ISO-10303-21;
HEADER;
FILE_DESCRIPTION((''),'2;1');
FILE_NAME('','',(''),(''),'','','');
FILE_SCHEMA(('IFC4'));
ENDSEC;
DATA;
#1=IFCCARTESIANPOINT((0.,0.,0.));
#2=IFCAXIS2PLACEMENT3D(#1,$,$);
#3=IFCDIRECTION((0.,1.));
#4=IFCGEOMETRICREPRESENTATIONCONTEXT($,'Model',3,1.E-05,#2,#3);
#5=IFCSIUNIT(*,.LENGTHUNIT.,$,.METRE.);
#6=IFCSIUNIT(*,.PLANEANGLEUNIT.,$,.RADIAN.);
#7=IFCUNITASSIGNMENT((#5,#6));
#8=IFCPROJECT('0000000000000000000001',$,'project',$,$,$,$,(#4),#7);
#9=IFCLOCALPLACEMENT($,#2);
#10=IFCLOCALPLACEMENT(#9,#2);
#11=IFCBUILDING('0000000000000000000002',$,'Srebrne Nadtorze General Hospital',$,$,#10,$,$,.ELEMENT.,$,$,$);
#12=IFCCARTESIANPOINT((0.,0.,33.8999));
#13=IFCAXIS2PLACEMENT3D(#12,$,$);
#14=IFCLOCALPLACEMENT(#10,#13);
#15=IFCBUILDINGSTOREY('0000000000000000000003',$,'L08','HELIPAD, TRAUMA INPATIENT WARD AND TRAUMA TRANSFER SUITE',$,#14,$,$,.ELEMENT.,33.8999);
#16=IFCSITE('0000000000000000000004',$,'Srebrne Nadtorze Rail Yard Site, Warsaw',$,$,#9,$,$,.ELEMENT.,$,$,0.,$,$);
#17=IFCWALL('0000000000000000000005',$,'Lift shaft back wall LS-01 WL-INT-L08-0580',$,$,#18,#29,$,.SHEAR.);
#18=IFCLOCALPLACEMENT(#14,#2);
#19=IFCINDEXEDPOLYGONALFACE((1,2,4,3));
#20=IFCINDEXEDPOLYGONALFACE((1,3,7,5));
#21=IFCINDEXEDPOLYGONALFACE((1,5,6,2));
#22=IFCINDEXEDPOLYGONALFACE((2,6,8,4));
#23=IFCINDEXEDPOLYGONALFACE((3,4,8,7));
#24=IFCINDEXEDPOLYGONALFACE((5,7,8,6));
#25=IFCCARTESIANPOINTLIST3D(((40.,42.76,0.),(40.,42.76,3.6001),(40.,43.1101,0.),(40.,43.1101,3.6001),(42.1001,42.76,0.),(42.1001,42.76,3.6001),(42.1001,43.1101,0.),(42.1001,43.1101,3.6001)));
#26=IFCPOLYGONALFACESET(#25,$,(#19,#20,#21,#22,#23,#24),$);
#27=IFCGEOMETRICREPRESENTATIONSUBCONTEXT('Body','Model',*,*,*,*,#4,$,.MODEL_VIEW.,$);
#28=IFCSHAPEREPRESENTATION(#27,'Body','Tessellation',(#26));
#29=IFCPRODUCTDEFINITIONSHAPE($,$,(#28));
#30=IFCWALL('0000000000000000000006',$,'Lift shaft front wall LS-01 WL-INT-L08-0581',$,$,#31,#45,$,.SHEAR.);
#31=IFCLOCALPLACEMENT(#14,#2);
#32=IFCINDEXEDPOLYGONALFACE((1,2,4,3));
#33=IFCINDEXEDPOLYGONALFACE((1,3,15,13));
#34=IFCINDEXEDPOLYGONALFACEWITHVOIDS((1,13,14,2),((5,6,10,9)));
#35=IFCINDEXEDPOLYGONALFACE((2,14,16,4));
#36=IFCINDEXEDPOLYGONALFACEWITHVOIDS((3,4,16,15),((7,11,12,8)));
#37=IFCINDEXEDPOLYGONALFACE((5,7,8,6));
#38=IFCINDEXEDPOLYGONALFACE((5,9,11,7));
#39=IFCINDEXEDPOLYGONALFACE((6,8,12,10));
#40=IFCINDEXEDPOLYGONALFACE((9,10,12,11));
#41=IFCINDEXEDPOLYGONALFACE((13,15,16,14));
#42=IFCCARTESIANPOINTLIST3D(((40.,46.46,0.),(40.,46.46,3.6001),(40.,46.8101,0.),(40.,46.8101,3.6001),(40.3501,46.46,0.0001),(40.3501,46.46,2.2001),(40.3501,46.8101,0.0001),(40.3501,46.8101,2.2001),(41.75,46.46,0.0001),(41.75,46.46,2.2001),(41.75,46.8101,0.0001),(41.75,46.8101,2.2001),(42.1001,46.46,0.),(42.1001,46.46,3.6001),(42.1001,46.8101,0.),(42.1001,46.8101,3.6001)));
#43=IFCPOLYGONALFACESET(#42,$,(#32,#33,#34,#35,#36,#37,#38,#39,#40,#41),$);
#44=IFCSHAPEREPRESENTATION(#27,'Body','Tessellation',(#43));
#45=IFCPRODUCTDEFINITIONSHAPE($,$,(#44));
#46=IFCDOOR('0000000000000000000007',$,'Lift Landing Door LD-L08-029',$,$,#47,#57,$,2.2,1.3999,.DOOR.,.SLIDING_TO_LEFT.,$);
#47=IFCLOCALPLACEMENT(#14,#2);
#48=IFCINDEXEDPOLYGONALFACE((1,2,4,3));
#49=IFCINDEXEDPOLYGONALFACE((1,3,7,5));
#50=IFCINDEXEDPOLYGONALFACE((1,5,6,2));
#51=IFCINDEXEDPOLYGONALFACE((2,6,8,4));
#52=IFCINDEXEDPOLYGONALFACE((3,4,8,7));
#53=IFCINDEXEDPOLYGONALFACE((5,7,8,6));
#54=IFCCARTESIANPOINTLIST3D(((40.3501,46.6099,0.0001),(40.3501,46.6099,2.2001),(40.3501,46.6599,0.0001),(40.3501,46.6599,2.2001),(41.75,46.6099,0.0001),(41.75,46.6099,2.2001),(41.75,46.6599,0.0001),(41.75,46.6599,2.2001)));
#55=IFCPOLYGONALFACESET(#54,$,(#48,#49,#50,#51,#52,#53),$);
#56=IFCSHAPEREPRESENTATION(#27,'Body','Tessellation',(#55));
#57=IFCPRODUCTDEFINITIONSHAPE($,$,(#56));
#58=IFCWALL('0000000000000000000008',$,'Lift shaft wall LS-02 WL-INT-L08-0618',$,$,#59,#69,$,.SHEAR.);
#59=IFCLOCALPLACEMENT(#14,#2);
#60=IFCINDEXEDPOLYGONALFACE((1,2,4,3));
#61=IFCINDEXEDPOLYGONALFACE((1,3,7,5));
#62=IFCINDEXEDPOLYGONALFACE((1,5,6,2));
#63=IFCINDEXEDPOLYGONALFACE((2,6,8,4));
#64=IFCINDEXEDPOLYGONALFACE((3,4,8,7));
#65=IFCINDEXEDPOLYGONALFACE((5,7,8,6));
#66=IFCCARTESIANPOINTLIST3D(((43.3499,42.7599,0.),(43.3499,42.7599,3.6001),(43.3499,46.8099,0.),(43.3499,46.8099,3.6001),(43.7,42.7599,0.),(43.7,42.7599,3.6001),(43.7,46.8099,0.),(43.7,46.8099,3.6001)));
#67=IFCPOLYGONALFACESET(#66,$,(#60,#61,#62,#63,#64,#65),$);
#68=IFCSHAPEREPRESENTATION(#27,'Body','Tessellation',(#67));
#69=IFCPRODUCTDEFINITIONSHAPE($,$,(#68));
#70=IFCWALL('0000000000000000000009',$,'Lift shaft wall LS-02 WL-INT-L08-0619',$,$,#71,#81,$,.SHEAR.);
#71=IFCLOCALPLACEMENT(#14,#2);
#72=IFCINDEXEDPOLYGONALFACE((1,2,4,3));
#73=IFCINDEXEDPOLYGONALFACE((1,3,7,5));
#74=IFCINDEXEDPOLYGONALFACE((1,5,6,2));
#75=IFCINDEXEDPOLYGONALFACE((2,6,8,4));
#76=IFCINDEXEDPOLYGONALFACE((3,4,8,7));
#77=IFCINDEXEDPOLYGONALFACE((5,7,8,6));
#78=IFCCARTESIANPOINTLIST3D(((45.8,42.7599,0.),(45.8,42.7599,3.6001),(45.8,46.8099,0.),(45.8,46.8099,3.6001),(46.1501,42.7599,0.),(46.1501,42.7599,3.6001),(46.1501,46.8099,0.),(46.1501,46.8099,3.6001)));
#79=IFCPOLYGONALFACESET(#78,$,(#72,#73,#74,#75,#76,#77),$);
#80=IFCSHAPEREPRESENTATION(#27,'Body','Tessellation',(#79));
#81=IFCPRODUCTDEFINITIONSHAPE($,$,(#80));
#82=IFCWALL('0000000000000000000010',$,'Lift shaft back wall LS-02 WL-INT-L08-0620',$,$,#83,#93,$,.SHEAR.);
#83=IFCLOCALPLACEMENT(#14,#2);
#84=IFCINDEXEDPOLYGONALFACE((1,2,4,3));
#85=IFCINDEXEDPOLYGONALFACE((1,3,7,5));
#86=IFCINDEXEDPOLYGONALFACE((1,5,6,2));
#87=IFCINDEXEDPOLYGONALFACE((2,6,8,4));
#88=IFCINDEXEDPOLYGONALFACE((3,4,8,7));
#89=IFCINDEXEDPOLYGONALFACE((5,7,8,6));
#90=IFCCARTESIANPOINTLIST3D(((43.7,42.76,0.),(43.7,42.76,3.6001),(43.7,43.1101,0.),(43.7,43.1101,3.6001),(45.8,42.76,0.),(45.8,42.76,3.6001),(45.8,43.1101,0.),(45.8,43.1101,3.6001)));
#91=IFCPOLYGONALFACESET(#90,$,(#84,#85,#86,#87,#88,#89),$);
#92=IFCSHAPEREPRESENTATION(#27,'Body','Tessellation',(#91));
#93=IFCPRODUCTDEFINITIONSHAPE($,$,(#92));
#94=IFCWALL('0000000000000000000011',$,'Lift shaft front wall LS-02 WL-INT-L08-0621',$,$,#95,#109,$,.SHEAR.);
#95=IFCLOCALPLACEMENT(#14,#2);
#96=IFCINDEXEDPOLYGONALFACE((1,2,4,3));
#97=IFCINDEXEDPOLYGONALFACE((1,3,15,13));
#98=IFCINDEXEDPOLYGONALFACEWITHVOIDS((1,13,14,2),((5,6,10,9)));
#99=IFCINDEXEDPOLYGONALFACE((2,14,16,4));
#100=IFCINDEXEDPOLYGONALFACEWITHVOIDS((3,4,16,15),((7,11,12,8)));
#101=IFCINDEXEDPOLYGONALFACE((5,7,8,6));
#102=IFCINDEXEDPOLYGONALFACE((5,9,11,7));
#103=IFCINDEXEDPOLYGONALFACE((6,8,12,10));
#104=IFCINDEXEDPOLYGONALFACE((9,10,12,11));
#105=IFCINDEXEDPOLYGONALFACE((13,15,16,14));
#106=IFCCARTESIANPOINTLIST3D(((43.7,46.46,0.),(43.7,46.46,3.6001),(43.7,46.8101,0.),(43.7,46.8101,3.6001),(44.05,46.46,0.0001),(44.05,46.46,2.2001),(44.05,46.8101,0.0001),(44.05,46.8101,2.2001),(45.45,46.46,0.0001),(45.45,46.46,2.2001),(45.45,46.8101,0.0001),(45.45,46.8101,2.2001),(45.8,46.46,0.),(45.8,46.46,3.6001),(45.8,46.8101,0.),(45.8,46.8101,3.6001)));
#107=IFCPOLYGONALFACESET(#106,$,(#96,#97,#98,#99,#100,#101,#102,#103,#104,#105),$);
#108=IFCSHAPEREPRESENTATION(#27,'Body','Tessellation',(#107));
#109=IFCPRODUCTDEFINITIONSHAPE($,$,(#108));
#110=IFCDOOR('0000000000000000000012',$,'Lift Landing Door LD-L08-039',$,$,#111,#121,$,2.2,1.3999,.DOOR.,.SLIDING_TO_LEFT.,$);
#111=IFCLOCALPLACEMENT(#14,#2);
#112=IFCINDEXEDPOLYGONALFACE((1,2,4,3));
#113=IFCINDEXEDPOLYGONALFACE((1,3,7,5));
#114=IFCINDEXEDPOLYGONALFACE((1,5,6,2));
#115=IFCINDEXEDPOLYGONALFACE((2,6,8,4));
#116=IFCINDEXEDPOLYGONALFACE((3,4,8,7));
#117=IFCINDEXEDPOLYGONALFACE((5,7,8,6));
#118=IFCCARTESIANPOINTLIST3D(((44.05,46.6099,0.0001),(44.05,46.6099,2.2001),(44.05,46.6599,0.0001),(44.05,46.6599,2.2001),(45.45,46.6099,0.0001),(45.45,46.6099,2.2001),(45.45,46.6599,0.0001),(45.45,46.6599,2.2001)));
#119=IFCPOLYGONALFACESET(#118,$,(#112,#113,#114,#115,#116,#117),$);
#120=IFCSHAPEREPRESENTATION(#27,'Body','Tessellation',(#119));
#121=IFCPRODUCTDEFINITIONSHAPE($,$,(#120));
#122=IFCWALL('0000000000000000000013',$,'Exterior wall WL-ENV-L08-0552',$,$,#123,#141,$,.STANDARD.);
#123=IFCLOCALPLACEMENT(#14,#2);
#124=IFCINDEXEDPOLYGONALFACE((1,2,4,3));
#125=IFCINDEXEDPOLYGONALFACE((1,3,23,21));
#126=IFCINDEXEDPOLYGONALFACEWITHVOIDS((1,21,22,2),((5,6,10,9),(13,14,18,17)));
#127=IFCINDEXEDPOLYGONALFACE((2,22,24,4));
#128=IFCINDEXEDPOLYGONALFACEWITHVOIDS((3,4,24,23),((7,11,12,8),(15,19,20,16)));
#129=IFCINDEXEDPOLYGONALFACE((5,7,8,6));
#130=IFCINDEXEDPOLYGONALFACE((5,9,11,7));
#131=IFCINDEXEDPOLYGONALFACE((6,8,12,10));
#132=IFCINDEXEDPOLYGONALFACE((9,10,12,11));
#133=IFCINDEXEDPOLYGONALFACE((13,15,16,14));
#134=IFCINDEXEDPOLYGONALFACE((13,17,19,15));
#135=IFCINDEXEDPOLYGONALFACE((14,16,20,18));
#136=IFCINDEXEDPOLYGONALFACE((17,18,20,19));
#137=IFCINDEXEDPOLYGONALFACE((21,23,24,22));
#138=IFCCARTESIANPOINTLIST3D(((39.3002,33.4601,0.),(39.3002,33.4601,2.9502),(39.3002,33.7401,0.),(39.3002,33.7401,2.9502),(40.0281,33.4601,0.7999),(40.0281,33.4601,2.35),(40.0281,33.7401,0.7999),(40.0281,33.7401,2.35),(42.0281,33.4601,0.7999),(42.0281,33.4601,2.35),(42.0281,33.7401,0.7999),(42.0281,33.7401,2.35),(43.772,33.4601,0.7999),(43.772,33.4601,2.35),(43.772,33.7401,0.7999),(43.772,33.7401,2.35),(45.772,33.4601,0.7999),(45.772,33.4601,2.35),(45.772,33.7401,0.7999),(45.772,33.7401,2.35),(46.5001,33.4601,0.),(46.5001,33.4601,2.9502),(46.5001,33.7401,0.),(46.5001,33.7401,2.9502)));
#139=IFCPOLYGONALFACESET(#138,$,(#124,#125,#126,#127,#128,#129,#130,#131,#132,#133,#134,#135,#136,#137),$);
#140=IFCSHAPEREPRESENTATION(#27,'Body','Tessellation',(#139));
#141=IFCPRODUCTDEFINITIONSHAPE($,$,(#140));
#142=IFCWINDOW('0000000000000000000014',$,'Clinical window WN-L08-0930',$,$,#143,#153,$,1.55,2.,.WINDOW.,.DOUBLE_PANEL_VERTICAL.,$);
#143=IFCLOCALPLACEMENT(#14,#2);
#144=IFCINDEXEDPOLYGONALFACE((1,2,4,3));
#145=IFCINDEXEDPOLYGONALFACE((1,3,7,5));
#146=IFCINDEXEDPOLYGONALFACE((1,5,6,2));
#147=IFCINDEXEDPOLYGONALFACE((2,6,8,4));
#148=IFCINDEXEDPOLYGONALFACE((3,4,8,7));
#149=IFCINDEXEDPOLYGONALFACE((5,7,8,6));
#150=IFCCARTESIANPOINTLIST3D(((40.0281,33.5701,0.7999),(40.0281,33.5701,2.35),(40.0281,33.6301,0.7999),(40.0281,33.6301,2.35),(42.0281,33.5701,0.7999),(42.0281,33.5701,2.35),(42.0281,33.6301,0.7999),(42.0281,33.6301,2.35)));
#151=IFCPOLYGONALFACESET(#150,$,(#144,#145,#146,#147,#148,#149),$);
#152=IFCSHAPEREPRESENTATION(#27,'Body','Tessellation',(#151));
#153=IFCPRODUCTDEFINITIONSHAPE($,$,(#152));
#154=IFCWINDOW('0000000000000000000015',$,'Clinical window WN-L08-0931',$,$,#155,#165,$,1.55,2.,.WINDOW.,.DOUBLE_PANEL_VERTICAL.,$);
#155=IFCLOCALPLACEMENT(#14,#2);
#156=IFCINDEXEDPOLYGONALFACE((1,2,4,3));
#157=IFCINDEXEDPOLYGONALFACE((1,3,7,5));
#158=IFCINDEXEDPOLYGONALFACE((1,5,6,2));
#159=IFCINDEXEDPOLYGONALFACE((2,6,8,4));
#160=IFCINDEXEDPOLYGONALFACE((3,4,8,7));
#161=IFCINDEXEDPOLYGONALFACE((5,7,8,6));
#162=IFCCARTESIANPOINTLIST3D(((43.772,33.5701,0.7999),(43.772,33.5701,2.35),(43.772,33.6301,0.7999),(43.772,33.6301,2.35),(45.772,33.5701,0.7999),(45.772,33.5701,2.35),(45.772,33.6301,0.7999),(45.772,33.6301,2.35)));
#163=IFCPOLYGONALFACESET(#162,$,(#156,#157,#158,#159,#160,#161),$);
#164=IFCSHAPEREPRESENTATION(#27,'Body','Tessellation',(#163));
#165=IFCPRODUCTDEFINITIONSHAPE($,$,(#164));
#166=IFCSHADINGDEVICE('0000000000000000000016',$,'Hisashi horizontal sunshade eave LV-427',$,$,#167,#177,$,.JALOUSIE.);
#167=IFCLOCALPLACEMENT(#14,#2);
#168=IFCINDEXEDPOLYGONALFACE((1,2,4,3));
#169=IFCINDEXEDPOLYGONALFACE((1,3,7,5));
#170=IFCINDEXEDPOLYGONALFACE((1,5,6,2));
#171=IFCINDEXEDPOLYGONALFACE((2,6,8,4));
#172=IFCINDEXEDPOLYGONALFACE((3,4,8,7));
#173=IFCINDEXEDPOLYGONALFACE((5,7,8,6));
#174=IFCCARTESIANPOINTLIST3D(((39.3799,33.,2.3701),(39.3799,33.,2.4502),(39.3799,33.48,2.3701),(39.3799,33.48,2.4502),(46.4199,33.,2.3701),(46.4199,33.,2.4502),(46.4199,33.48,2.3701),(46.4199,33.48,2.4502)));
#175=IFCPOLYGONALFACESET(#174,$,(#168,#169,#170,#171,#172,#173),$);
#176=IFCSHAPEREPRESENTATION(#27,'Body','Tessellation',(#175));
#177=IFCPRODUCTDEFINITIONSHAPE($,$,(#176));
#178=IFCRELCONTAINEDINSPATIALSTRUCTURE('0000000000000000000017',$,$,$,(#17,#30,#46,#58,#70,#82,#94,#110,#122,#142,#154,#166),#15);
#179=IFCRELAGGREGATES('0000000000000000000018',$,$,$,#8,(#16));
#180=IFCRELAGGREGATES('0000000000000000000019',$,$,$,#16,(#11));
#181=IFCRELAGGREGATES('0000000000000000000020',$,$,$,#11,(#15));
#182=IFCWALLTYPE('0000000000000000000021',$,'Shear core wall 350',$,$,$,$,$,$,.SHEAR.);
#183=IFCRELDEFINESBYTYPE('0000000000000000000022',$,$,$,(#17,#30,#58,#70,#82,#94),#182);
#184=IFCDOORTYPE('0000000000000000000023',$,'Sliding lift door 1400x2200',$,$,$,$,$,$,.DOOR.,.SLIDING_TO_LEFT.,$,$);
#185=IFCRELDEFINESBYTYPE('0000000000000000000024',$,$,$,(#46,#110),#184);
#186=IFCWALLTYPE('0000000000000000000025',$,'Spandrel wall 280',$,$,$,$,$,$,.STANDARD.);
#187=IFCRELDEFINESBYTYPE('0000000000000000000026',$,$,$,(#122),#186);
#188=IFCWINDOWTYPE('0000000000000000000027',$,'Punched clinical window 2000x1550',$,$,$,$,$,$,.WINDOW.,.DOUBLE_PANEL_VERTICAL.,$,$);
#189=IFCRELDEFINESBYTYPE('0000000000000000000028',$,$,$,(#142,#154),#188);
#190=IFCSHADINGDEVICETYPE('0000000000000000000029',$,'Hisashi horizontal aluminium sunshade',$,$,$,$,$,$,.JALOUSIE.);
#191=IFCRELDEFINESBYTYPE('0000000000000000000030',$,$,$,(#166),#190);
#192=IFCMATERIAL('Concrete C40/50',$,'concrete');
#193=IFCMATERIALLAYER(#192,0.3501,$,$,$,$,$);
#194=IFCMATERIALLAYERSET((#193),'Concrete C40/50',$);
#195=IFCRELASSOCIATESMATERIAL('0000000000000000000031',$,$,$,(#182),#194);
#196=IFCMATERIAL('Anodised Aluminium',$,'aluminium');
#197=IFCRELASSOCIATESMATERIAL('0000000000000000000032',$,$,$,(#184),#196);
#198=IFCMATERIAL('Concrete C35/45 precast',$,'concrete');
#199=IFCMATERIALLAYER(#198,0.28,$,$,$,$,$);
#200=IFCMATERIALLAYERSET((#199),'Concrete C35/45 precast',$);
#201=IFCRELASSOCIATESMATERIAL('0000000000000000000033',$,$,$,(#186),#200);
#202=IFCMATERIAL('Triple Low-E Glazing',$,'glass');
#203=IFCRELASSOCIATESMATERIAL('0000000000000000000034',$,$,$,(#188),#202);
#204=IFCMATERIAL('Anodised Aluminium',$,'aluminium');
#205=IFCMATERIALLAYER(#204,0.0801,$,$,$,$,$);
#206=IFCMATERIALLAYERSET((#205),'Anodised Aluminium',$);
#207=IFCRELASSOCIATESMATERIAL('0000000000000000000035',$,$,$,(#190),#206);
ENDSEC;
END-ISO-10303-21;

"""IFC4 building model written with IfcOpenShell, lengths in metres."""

from ifc_helpers import new_model, si_unit, direction, frame, frame_2d, origin, origin_2d, place, context, subcontext, project, spatial, rectangle, extrude, material, layer, layer_set, type_object, element, fill, save


model = new_model("IFC4")

# Units and contexts
model_context = context("Model", 3, precision=1e-05, world=origin(), true_north=direction((0.0, 1.0)))
body_context = subcontext(model_context, "Body", "Model", "MODEL_VIEW")
ifc_project = project(units=[si_unit("LENGTHUNIT", "METRE"), si_unit("PLANEANGLEUNIT", "RADIAN")], contexts=[model_context])

# Site, building, storey
site_placement = place(None, origin())
site = spatial("IfcSite", under=ifc_project, at=site_placement, Name="Srebrne Nadtorze Rail Yard Site, Warsaw", CompositionType="ELEMENT", RefElevation=0.0)
building_placement = place(site_placement, origin())
building = spatial("IfcBuilding", under=site, at=building_placement, Name="Srebrne Nadtorze General Hospital", CompositionType="ELEMENT")
storey_placement = place(building_placement, frame((0.0, 0.0, 33.8999)))
storey = spatial("IfcBuildingStorey", under=building, at=storey_placement, Name="L08", Description="HELIPAD, TRAUMA INPATIENT WARD AND TRAUMA TRANSFER SUITE", CompositionType="ELEMENT", Elevation=33.8999)

# Wall
ifc_material_1 = material(Name="Concrete C40/50", Category="concrete")
ifc_layer_1 = layer(ifc_material_1, 0.3501)
ifc_layer_set_1 = layer_set([ifc_layer_1], Name="Concrete C40/50")
wall_type_1 = type_object("IfcWallType", Name="Shear core wall 350", PredefinedType="SHEAR", material=ifc_layer_set_1)
wall_1_placement = place(storey_placement, frame((40.0, 42.9351, 0.0), z_axis=(0.0, 0.0, 1.0), x_axis=(1.0, 0.0, 0.0)))
element("IfcWall", 1, at=wall_1_placement, inside=storey, type_object=wall_type_1, Name="Lift shaft back wall LS-01 WL-INT-L08-0580", PredefinedType="SHEAR", context=body_context, shape_type="SweptSolid", body=[
    extrude(rectangle(XDim=2.1001, YDim=0.3501, at=frame_2d((1.05, 0.0))), origin(), (0.0, 0.0, 1.0), 3.6001),
])

# Wall, opening, door
wall_2_placement = place(storey_placement, frame((40.0, 46.635, 0.0), z_axis=(0.0, 0.0, 1.0), x_axis=(1.0, 0.0, 0.0)))
wall_2 = element("IfcWall", 2, at=wall_2_placement, inside=storey, type_object=wall_type_1, Name="Lift shaft front wall LS-01 WL-INT-L08-0581", PredefinedType="SHEAR", context=body_context, shape_type="SweptSolid", body=[
    extrude(rectangle(XDim=2.1001, YDim=0.3501, at=frame_2d((1.05, 0.0))), origin(), (0.0, 0.0, 1.0), 3.6001),
])
opening_1_placement = place(wall_2_placement, frame((0.3501, 0.0, 0.0)))
opening_1 = element("IfcOpeningElement", 3, at=opening_1_placement, cuts=wall_2, PredefinedType="OPENING", context=body_context, shape_type="SweptSolid", body=[
    extrude(rectangle(XDim=1.3999, YDim=2.2, at=frame_2d((0.7, 1.1001))), frame((0.0, 0.187, 0.0), z_axis=(0.0, -1.0, 0.0), x_axis=(1.0, 0.0, 0.0)), (0.0, 0.0, 1.0), 0.374),
])
ifc_material_2 = material(Name="Anodised Aluminium", Category="aluminium")
door_type_1 = type_object("IfcDoorType", Name="Sliding lift door 1400x2200", OperationType="SLIDING_TO_LEFT", PredefinedType="DOOR", material=ifc_material_2)
door_1_placement = place(opening_1_placement, origin())
door_1 = element("IfcDoor", 4, at=door_1_placement, inside=storey, type_object=door_type_1, Name="Lift Landing Door LD-L08-029", OperationType="SLIDING_TO_LEFT", OverallHeight=2.2, OverallWidth=1.3999, PredefinedType="DOOR", context=body_context, shape_type="SweptSolid", body=[
    extrude(rectangle(XDim=1.3999, YDim=2.2, at=frame_2d((0.7, 1.1001))), frame((0.0, 0.0249, 0.0), z_axis=(0.0, -1.0, 0.0), x_axis=(1.0, 0.0, 0.0)), (0.0, 0.0, 1.0), 0.05),
])
fill(opening_1, door_1)

# Walls
for number, where, z_axis, x_axis, name in (
    (5, (43.5249, 42.76, 0.0), (0.0, 0.0, 1.0), (0.0, 1.0, 0.0), "Lift shaft wall LS-02 WL-INT-L08-0618"),
    (6, (45.9751, 42.76, 0.0), (0.0, 0.0, 1.0), (0.0, 1.0, 0.0), "Lift shaft wall LS-02 WL-INT-L08-0619"),
):
    element("IfcWall", number, at=place(storey_placement, frame(where, z_axis=z_axis, x_axis=x_axis)), inside=storey, type_object=wall_type_1, Name=name, PredefinedType="SHEAR", context=body_context, shape_type="SweptSolid", body=[
        extrude(rectangle(XDim=4.05, YDim=0.3501, at=frame_2d((2.0249, 0.0))), origin(), (0.0, 0.0, 1.0), 3.6001),
    ])
wall_3_placement = place(storey_placement, frame((43.7, 42.9351, 0.0), z_axis=(0.0, 0.0, 1.0), x_axis=(1.0, 0.0, 0.0)))
element("IfcWall", 7, at=wall_3_placement, inside=storey, type_object=wall_type_1, Name="Lift shaft back wall LS-02 WL-INT-L08-0620", PredefinedType="SHEAR", context=body_context, shape_type="SweptSolid", body=[
    extrude(rectangle(XDim=2.1001, YDim=0.3501, at=frame_2d((1.05, 0.0))), origin(), (0.0, 0.0, 1.0), 3.6001),
])

# Wall, opening, door
wall_4_placement = place(storey_placement, frame((43.7, 46.635, 0.0), z_axis=(0.0, 0.0, 1.0), x_axis=(1.0, 0.0, 0.0)))
wall_4 = element("IfcWall", 8, at=wall_4_placement, inside=storey, type_object=wall_type_1, Name="Lift shaft front wall LS-02 WL-INT-L08-0621", PredefinedType="SHEAR", context=body_context, shape_type="SweptSolid", body=[
    extrude(rectangle(XDim=2.1001, YDim=0.3501, at=frame_2d((1.05, 0.0))), origin(), (0.0, 0.0, 1.0), 3.6001),
])
opening_2_placement = place(wall_4_placement, frame((0.3501, 0.0, 0.0)))
opening_2 = element("IfcOpeningElement", 9, at=opening_2_placement, cuts=wall_4, PredefinedType="OPENING", context=body_context, shape_type="SweptSolid", body=[
    extrude(rectangle(XDim=1.3999, YDim=2.2, at=frame_2d((0.7, 1.1001))), frame((0.0, 0.187, 0.0), z_axis=(0.0, -1.0, 0.0), x_axis=(1.0, 0.0, 0.0)), (0.0, 0.0, 1.0), 0.374),
])
door_2_placement = place(opening_2_placement, origin())
door_2 = element("IfcDoor", 10, at=door_2_placement, inside=storey, type_object=door_type_1, Name="Lift Landing Door LD-L08-039", OperationType="SLIDING_TO_LEFT", OverallHeight=2.2, OverallWidth=1.3999, PredefinedType="DOOR", context=body_context, shape_type="SweptSolid", body=[
    extrude(rectangle(XDim=1.3999, YDim=2.2, at=frame_2d((0.7, 1.1001))), frame((0.0, 0.0249, 0.0), z_axis=(0.0, -1.0, 0.0), x_axis=(1.0, 0.0, 0.0)), (0.0, 0.0, 1.0), 0.05),
])
fill(opening_2, door_2)

# Wall, openings, windows
ifc_material_3 = material(Name="Concrete C35/45 precast", Category="concrete")
ifc_layer_2 = layer(ifc_material_3, 0.28)
ifc_layer_set_2 = layer_set([ifc_layer_2], Name="Concrete C35/45 precast")
wall_type_2 = type_object("IfcWallType", Name="Spandrel wall 280", PredefinedType="STANDARD", material=ifc_layer_set_2)
wall_5_placement = place(storey_placement, frame((39.3, 33.6001, 0.0), z_axis=(0.0, 0.0, 1.0), x_axis=(1.0, 0.0, 0.0)))
wall_5 = element("IfcWall", 11, at=wall_5_placement, inside=storey, type_object=wall_type_2, Name="Exterior wall WL-ENV-L08-0552", PredefinedType="STANDARD", context=body_context, shape_type="SweptSolid", body=[
    extrude(rectangle(XDim=7.2, YDim=0.28, at=frame_2d((3.6001, 0.0))), origin(), (0.0, 0.0, 1.0), 2.9502),
])
opening_3_placement = place(wall_5_placement, frame((0.728, 0.0, 0.8)))
opening_3 = element("IfcOpeningElement", 12, at=opening_3_placement, cuts=wall_5, PredefinedType="OPENING", context=body_context, shape_type="SweptSolid", body=[
    extrude(rectangle(XDim=2.0, YDim=1.55, at=frame_2d((1.0, 0.7749))), frame((0.0, 0.1519, 0.0), z_axis=(0.0, -1.0, 0.0), x_axis=(1.0, 0.0, 0.0)), (0.0, 0.0, 1.0), 0.304),
])
opening_4_placement = place(wall_5_placement, frame((4.4719, 0.0, 0.8)))
opening_4 = element("IfcOpeningElement", 13, at=opening_4_placement, cuts=wall_5, PredefinedType="OPENING", context=body_context, shape_type="SweptSolid", body=[
    extrude(rectangle(XDim=2.0, YDim=1.55, at=frame_2d((1.0, 0.7749))), frame((0.0, 0.1519, 0.0), z_axis=(0.0, -1.0, 0.0), x_axis=(1.0, 0.0, 0.0)), (0.0, 0.0, 1.0), 0.304),
])
ifc_material_4 = material(Name="Triple Low-E Glazing", Category="glass")
window_type = type_object("IfcWindowType", Name="Punched clinical window 2000x1550", PartitioningType="DOUBLE_PANEL_VERTICAL", PredefinedType="WINDOW", material=ifc_material_4)
window_1_placement = place(opening_3_placement, origin())
window_1 = element("IfcWindow", 14, at=window_1_placement, inside=storey, type_object=window_type, Name="Clinical window WN-L08-0930", OverallHeight=1.55, OverallWidth=2.0, PartitioningType="DOUBLE_PANEL_VERTICAL", PredefinedType="WINDOW", context=body_context, shape_type="SweptSolid", body=[
    extrude(rectangle(XDim=2.0, YDim=1.55, at=frame_2d((1.0, 0.7749))), frame((0.0, 0.03, 0.0), z_axis=(0.0, -1.0, 0.0), x_axis=(1.0, 0.0, 0.0)), (0.0, 0.0, 1.0), 0.0601),
])
fill(opening_3, window_1)
window_2_placement = place(opening_4_placement, origin())
window_2 = element("IfcWindow", 15, at=window_2_placement, inside=storey, type_object=window_type, Name="Clinical window WN-L08-0931", OverallHeight=1.55, OverallWidth=2.0, PartitioningType="DOUBLE_PANEL_VERTICAL", PredefinedType="WINDOW", context=body_context, shape_type="SweptSolid", body=[
    extrude(rectangle(XDim=2.0, YDim=1.55, at=frame_2d((1.0, 0.7749))), frame((0.0, 0.03, 0.0), z_axis=(0.0, -1.0, 0.0), x_axis=(1.0, 0.0, 0.0)), (0.0, 0.0, 1.0), 0.0601),
])
fill(opening_4, window_2)

# Shading device
ifc_material_5 = material(Name="Anodised Aluminium", Category="aluminium")
ifc_layer_3 = layer(ifc_material_5, 0.0801)
ifc_layer_set_3 = layer_set([ifc_layer_3], Name="Anodised Aluminium")
shading_device_type = type_object("IfcShadingDeviceType", Name="Hisashi horizontal aluminium sunshade", PredefinedType="JALOUSIE", material=ifc_layer_set_3)
shading_device_1_placement = place(storey_placement, frame((42.8999, 33.24, 2.3701), z_axis=(0.0, 0.0, 1.0), x_axis=(1.0, 0.0, 0.0)))
element("IfcShadingDevice", 16, at=shading_device_1_placement, inside=storey, type_object=shading_device_type, Name="Hisashi horizontal sunshade eave LV-427", PredefinedType="JALOUSIE", context=body_context, shape_type="SweptSolid", body=[
    extrude(rectangle(XDim=7.04, YDim=0.48, at=origin_2d()), origin(), (0.0, 0.0, 1.0), 0.0801),
])

save(model, "model.ifc")
